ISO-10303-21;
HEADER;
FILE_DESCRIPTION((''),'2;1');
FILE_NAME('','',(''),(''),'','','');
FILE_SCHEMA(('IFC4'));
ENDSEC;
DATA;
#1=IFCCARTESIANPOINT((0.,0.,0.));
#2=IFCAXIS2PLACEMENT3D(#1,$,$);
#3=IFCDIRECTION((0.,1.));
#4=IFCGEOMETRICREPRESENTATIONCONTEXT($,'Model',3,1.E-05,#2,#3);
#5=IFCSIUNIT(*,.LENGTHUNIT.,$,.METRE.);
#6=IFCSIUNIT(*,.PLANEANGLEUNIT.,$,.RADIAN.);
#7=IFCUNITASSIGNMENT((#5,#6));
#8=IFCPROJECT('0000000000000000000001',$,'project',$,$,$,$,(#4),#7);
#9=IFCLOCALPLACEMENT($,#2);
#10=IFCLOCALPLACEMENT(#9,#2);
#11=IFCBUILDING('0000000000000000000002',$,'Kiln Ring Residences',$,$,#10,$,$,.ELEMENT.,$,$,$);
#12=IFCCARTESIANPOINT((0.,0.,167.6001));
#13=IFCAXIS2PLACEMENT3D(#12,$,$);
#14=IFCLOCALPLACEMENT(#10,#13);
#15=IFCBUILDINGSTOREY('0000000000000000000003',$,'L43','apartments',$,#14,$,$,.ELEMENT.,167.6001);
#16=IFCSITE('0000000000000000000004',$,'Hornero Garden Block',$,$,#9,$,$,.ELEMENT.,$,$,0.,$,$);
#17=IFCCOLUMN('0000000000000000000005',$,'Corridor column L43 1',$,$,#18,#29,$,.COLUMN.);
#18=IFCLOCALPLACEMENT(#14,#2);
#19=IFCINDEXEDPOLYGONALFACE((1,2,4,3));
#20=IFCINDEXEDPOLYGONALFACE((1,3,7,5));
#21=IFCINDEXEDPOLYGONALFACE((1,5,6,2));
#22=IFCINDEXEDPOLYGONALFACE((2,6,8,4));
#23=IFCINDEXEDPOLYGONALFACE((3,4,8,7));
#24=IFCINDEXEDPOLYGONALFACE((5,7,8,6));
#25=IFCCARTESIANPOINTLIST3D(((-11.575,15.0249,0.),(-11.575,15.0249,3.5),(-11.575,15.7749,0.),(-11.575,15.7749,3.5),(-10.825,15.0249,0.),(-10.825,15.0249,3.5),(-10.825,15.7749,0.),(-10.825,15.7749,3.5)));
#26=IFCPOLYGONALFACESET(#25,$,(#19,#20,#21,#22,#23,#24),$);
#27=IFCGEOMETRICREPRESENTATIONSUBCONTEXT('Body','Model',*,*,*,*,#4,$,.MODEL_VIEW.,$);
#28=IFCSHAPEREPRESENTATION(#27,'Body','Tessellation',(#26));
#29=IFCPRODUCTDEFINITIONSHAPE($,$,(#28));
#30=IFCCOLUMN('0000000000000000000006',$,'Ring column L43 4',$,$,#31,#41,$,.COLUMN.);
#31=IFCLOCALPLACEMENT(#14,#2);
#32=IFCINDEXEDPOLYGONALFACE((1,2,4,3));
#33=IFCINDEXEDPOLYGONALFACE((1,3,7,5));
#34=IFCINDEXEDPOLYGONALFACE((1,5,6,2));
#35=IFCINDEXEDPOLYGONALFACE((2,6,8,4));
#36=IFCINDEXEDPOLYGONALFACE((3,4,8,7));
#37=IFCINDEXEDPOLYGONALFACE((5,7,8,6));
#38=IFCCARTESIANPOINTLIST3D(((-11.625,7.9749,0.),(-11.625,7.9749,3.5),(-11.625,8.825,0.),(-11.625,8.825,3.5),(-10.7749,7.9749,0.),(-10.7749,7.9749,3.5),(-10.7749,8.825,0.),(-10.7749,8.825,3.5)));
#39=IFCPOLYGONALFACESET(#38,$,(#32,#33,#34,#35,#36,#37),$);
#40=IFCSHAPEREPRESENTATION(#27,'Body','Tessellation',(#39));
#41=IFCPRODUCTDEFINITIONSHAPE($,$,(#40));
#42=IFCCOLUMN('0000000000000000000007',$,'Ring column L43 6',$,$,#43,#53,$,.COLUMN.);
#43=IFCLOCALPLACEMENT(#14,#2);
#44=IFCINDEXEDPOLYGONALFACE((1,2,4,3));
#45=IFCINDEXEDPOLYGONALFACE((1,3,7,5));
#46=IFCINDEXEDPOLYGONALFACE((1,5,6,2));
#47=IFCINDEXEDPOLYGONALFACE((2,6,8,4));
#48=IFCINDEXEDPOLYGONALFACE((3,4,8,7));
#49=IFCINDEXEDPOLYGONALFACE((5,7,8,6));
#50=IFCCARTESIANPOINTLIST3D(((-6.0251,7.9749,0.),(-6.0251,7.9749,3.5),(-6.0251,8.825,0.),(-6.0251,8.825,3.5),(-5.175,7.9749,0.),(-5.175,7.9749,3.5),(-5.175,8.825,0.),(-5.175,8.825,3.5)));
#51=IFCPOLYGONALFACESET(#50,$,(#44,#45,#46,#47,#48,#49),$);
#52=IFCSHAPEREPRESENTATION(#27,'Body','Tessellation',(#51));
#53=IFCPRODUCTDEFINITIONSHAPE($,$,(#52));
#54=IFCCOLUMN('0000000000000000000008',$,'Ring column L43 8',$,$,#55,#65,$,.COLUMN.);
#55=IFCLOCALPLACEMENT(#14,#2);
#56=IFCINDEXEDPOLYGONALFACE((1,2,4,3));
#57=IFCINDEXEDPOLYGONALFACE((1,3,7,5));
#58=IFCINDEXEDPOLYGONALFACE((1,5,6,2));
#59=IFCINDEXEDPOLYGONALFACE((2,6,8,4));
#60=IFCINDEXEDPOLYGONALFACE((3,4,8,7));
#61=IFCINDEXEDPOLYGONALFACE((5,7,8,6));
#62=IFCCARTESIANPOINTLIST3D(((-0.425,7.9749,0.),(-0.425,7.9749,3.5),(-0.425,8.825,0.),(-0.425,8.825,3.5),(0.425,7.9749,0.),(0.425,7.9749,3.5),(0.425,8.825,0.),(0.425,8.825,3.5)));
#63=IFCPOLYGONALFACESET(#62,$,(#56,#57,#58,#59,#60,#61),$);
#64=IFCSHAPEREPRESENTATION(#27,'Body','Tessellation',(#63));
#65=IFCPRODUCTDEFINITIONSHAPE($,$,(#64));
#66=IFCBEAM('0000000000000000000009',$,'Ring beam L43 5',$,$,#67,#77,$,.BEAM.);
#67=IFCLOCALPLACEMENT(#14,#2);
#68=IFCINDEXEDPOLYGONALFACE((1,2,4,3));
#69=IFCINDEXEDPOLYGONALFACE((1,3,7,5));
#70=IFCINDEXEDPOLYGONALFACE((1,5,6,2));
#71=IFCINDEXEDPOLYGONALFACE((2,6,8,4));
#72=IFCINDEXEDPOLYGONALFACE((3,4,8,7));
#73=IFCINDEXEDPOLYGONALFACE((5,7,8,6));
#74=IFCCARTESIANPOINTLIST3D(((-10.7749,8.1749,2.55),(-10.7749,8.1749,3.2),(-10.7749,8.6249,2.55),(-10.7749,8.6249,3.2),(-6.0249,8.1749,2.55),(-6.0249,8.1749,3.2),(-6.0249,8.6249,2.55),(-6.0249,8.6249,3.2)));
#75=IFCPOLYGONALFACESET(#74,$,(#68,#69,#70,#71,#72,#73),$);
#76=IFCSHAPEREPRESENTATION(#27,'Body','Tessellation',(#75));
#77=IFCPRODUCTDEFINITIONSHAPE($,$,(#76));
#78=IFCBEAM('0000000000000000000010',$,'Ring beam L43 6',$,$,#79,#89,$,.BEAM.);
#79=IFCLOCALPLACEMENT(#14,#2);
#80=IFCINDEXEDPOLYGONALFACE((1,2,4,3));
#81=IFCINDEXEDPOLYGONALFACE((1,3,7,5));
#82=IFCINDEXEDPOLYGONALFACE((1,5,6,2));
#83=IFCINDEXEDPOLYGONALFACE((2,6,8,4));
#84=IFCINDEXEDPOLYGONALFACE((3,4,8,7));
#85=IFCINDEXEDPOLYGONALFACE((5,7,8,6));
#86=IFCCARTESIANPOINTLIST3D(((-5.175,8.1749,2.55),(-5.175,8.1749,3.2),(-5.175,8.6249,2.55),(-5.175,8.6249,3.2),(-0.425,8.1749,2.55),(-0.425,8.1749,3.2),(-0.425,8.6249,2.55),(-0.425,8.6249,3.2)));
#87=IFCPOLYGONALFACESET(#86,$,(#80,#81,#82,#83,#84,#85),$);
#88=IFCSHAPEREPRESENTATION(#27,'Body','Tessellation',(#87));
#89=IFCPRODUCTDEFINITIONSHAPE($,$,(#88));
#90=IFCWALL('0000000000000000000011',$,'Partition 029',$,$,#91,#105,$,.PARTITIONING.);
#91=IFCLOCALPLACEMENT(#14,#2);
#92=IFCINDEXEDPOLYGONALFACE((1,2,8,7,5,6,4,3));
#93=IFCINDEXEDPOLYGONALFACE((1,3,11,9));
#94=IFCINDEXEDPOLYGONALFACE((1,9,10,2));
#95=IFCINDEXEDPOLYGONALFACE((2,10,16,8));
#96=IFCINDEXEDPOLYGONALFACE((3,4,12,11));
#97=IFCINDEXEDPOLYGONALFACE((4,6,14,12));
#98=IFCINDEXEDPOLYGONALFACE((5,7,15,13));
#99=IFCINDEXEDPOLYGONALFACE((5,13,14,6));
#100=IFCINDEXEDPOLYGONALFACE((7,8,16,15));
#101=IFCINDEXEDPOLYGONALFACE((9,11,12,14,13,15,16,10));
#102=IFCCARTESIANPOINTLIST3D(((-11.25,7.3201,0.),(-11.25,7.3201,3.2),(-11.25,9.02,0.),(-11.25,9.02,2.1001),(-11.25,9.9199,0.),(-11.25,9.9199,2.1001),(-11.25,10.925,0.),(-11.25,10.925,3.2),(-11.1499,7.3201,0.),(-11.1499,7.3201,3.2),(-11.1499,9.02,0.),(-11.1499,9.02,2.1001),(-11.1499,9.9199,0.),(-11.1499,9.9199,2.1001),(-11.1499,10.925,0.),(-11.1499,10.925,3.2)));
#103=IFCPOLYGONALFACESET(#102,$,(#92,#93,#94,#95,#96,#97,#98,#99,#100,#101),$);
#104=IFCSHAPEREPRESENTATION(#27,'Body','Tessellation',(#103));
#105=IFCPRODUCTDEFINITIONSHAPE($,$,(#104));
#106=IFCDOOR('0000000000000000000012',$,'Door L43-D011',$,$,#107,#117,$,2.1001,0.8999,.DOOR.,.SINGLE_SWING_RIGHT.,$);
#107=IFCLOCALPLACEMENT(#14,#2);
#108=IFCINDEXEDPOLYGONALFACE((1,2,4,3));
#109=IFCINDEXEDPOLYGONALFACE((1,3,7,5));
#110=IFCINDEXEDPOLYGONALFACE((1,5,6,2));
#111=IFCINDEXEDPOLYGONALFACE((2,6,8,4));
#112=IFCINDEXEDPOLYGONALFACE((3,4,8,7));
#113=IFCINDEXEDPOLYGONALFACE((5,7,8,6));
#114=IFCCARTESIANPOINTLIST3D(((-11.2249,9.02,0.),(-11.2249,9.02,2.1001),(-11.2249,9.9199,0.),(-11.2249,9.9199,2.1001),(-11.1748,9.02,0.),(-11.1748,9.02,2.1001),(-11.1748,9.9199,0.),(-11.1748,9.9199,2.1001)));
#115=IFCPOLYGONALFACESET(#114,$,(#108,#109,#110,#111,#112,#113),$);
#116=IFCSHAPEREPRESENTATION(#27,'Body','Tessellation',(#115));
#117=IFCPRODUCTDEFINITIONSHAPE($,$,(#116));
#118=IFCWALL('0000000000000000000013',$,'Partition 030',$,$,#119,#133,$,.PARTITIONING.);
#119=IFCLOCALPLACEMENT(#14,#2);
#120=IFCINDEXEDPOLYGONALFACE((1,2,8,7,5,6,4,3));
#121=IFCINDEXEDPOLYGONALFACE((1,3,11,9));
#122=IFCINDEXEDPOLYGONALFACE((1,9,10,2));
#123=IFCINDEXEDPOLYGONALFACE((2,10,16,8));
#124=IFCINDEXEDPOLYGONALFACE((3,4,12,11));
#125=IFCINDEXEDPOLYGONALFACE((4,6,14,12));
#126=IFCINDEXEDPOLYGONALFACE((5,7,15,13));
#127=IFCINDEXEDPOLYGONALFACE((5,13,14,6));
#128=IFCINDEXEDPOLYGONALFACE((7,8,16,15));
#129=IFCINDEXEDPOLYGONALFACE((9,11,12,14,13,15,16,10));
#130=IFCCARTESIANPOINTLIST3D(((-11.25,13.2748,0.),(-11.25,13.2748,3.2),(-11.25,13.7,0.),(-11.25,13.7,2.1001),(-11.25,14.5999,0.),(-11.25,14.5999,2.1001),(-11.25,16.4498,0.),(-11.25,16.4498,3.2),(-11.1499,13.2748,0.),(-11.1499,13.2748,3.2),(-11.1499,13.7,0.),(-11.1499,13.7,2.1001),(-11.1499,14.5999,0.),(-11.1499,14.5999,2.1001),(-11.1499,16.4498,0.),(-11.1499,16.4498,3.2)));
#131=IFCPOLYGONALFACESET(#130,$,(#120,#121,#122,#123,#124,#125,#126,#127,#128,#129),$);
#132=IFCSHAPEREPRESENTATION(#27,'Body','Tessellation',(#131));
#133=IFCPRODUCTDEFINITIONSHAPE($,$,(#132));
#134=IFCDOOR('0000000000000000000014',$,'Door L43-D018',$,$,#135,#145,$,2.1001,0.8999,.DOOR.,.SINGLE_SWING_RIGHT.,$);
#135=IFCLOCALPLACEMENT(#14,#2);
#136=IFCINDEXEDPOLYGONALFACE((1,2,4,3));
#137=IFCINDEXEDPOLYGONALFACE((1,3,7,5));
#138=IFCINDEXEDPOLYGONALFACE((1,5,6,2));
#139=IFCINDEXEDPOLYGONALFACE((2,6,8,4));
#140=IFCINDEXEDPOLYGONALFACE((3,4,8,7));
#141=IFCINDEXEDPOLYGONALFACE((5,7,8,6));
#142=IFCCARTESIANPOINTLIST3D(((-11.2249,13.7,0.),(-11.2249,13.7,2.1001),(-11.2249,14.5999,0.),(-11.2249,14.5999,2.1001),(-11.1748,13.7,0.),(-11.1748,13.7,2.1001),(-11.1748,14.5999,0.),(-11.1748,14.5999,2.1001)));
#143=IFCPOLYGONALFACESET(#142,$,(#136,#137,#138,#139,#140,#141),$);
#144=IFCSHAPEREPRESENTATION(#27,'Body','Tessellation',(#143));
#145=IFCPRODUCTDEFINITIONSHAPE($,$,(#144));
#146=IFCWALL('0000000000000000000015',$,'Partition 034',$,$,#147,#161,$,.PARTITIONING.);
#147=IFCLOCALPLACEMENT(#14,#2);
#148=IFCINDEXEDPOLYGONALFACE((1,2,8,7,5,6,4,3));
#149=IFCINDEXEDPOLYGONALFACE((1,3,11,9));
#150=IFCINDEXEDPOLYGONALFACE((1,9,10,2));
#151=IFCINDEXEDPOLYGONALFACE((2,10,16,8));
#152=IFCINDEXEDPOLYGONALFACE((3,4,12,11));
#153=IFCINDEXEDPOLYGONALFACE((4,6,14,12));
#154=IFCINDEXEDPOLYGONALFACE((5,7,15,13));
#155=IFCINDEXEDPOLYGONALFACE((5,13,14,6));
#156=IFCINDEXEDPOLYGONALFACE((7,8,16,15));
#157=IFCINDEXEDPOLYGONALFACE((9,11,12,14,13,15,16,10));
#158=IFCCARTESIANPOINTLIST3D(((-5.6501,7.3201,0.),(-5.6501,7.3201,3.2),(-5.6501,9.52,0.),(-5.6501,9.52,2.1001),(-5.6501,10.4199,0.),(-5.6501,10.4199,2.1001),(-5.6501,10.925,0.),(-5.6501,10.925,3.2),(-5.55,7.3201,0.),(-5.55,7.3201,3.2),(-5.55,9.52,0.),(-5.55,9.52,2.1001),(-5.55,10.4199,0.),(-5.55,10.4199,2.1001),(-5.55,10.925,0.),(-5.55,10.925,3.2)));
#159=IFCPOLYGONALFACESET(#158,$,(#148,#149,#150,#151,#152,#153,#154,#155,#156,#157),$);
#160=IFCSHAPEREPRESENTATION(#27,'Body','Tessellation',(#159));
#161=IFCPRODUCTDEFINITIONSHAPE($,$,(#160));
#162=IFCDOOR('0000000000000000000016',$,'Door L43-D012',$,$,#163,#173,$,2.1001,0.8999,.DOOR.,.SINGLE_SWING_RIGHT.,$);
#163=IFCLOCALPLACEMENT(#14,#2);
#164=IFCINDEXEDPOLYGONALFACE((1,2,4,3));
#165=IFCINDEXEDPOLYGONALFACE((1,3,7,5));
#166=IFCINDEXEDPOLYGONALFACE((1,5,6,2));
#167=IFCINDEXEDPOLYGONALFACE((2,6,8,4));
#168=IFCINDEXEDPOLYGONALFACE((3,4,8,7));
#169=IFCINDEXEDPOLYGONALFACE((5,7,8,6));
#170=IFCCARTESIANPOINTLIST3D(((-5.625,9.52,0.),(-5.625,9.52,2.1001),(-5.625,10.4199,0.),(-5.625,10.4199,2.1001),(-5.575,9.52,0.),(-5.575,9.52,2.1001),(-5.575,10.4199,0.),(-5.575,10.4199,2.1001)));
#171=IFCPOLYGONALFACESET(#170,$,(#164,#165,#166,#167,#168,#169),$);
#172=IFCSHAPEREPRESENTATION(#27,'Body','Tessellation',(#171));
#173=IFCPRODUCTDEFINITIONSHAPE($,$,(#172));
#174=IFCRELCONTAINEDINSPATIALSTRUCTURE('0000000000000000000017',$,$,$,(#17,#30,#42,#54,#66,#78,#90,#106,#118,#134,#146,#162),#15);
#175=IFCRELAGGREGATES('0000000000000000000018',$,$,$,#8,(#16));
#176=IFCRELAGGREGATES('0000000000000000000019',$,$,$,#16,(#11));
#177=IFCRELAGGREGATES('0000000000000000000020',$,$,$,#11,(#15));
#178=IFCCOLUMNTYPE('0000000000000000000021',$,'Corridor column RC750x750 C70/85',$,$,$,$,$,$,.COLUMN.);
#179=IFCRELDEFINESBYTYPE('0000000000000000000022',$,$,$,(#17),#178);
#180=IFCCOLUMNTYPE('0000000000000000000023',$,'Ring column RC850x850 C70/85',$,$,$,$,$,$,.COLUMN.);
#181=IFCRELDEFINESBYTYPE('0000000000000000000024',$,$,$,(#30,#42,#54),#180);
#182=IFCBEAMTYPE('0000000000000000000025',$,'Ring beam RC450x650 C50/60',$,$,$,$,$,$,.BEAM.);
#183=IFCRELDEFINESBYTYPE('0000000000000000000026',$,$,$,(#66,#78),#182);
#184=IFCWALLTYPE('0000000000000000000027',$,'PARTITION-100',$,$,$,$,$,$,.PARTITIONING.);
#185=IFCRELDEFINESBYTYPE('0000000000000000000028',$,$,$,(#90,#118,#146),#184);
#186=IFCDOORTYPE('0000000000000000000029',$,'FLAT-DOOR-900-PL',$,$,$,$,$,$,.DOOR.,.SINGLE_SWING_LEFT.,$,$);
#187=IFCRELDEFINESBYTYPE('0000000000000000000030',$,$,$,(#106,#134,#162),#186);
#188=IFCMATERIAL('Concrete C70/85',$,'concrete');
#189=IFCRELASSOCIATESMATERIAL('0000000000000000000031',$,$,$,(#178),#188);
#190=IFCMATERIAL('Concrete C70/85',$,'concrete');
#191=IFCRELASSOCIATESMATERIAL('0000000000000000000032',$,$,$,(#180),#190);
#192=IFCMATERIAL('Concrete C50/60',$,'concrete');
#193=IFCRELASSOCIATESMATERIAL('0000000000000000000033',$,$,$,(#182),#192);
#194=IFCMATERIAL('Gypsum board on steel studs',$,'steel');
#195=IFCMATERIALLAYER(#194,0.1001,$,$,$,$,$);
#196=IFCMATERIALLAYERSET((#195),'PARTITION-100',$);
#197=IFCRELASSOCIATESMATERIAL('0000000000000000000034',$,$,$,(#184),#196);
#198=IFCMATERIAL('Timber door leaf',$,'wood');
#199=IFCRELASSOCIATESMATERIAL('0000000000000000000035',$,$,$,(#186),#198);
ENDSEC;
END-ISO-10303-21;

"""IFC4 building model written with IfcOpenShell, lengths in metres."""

from ifc_helpers import new_model, si_unit, direction, frame, frame_2d, origin, origin_2d, place, context, subcontext, project, spatial, rectangle, extrude, material, layer, layer_set, material_profile, profile_set, type_object, element, fill, save


model = new_model("IFC4")

# Units and contexts
model_context = context("Model", 3, precision=1e-05, world=origin(), true_north=direction((0.0, 1.0)))
body_context = subcontext(model_context, "Body", "Model", "MODEL_VIEW")
ifc_project = project(units=[si_unit("LENGTHUNIT", "METRE"), si_unit("PLANEANGLEUNIT", "RADIAN")], contexts=[model_context])

# Site, building, storey
site_placement = place(None, origin())
site = spatial("IfcSite", under=ifc_project, at=site_placement, Name="Hornero Garden Block", CompositionType="ELEMENT", RefElevation=0.0)
building_placement = place(site_placement, origin())
building = spatial("IfcBuilding", under=site, at=building_placement, Name="Kiln Ring Residences", CompositionType="ELEMENT")
storey_placement = place(building_placement, frame((0.0, 0.0, 167.6001)))
storey = spatial("IfcBuildingStorey", under=building, at=storey_placement, Name="L43", Description="apartments", CompositionType="ELEMENT", Elevation=167.6001)

# Columns
ifc_material_1 = material(Name="Concrete C70/85", Category="concrete")
ifc_material_profile_1 = material_profile(ifc_material_1, rectangle(XDim=0.75, YDim=0.75, at=origin_2d()), Name="RC750x750")
ifc_profile_set_1 = profile_set([ifc_material_profile_1], Name="Concrete C70/85")
column_type_1 = type_object("IfcColumnType", Name="Corridor column RC750x750 C70/85", PredefinedType="COLUMN", material=ifc_profile_set_1)
column_placement = place(storey_placement, frame((-11.2, 15.3999, 0.0), z_axis=(0.0, 0.0, 1.0), x_axis=(1.0, 0.0, 0.0)))
element("IfcColumn", 1, at=column_placement, inside=storey, type_object=column_type_1, Name="Corridor column L43 1", PredefinedType="COLUMN", context=body_context, shape_type="SweptSolid", body=[
    extrude(rectangle(XDim=0.75, YDim=0.75, at=origin_2d()), origin(), (0.0, 0.0, 1.0), 3.5),
])
ifc_material_2 = material(Name="Concrete C70/85", Category="concrete")
ifc_material_profile_2 = material_profile(ifc_material_2, rectangle(XDim=0.8501, YDim=0.8501, at=origin_2d()), Name="RC850x850")
ifc_profile_set_2 = profile_set([ifc_material_profile_2], Name="Concrete C70/85")
column_type_2 = type_object("IfcColumnType", Name="Ring column RC850x850 C70/85", PredefinedType="COLUMN", material=ifc_profile_set_2)
for number, where, z_axis, x_axis, name in (
    (2, (-11.2, 8.3999, 0.0), (0.0, 0.0, 1.0), (1.0, 0.0, 0.0), "Ring column L43 4"),
    (3, (-5.6001, 8.3999, 0.0), (0.0, 0.0, 1.0), (1.0, 0.0, 0.0), "Ring column L43 6"),
    (4, (0.0, 8.3999, 0.0), (0.0, 0.0, 1.0), (1.0, 0.0, 0.0), "Ring column L43 8"),
):
    element("IfcColumn", number, at=place(storey_placement, frame(where, z_axis=z_axis, x_axis=x_axis)), inside=storey, type_object=column_type_2, Name=name, PredefinedType="COLUMN", context=body_context, shape_type="SweptSolid", body=[
        extrude(rectangle(XDim=0.8501, YDim=0.8501, at=origin_2d()), origin(), (0.0, 0.0, 1.0), 3.5),
    ])

# Beams
ifc_material_3 = material(Name="Concrete C50/60", Category="concrete")
ifc_material_profile_3 = material_profile(ifc_material_3, rectangle(XDim=0.45, YDim=0.6499, at=origin_2d()), Name="RC450x650")
ifc_profile_set_3 = profile_set([ifc_material_profile_3], Name="Concrete C50/60")
beam_type = type_object("IfcBeamType", Name="Ring beam RC450x650 C50/60", PredefinedType="BEAM", material=ifc_profile_set_3)
for number, where, z_axis, x_axis, name in (
    (5, (-10.7749, 8.3999, 2.875), (1.0, 0.0, 0.0), (0.0, 1.0, 0.0), "Ring beam L43 5"),
    (6, (-5.175, 8.3999, 2.875), (1.0, 0.0, 0.0), (0.0, 1.0, 0.0), "Ring beam L43 6"),
):
    element("IfcBeam", number, at=place(storey_placement, frame(where, z_axis=z_axis, x_axis=x_axis)), inside=storey, type_object=beam_type, Name=name, PredefinedType="BEAM", context=body_context, shape_type="SweptSolid", body=[
        extrude(rectangle(XDim=0.45, YDim=0.6499, at=origin_2d()), origin(), (0.0, 0.0, 1.0), 4.75),
    ])

# Walls, openings, doors
ifc_material_4 = material(Name="Gypsum board on steel studs", Category="steel")
ifc_layer_1 = layer(ifc_material_4, 0.1001)
ifc_layer_set_1 = layer_set([ifc_layer_1], Name="PARTITION-100")
wall_type_1 = type_object("IfcWallType", Name="PARTITION-100", PredefinedType="PARTITIONING", material=ifc_layer_set_1)
wall_1_placement = place(storey_placement, frame((-11.2, 7.3201, 0.0), z_axis=(0.0, 0.0, 1.0), x_axis=(0.0, 1.0, 0.0)))
wall_1 = element("IfcWall", 7, at=wall_1_placement, inside=storey, type_object=wall_type_1, Name="Partition 029", PredefinedType="PARTITIONING", context=body_context, shape_type="SweptSolid", body=[
    extrude(rectangle(XDim=3.605, YDim=0.1001, at=frame_2d((1.8025, 0.0))), origin(), (0.0, 0.0, 1.0), 3.2),
])
opening_1_placement = place(wall_1_placement, frame((1.7, 0.0, 0.0)))
opening_1 = element("IfcOpeningElement", 8, at=opening_1_placement, cuts=wall_1, PredefinedType="OPENING", context=body_context, shape_type="SweptSolid", body=[
    extrude(rectangle(XDim=0.8999, YDim=2.1001, at=frame_2d((0.45, 1.05))), frame((0.0, 0.0601, 0.0), z_axis=(0.0, -1.0, 0.0), x_axis=(1.0, 0.0, 0.0)), (0.0, 0.0, 1.0), 0.1201),
])
ifc_material_5 = material(Name="Timber door leaf", Category="wood")
door_type = type_object("IfcDoorType", Name="FLAT-DOOR-900-PL", OperationType="SINGLE_SWING_LEFT", PredefinedType="DOOR", material=ifc_material_5)
door_1_placement = place(opening_1_placement, origin())
door_1 = element("IfcDoor", 9, at=door_1_placement, inside=storey, type_object=door_type, Name="Door L43-D011", OperationType="SINGLE_SWING_RIGHT", OverallHeight=2.1001, OverallWidth=0.8999, PredefinedType="DOOR", context=body_context, shape_type="SweptSolid", body=[
    extrude(rectangle(XDim=0.8999, YDim=2.1001, at=frame_2d((0.45, 1.05))), frame((0.0, 0.0249, 0.0), z_axis=(0.0, -1.0, 0.0), x_axis=(1.0, 0.0, 0.0)), (0.0, 0.0, 1.0), 0.05),
])
fill(opening_1, door_1)
wall_2_placement = place(storey_placement, frame((-11.2, 13.2749, 0.0), z_axis=(0.0, 0.0, 1.0), x_axis=(0.0, 1.0, 0.0)))
wall_2 = element("IfcWall", 10, at=wall_2_placement, inside=storey, type_object=wall_type_1, Name="Partition 030", PredefinedType="PARTITIONING", context=body_context, shape_type="SweptSolid", body=[
    extrude(rectangle(XDim=3.175, YDim=0.1001, at=frame_2d((1.5874, 0.0))), origin(), (0.0, 0.0, 1.0), 3.2),
])
opening_2_placement = place(wall_2_placement, frame((0.425, 0.0, 0.0)))
opening_2 = element("IfcOpeningElement", 11, at=opening_2_placement, cuts=wall_2, PredefinedType="OPENING", context=body_context, shape_type="SweptSolid", body=[
    extrude(rectangle(XDim=0.8999, YDim=2.1001, at=frame_2d((0.45, 1.05))), frame((0.0, 0.0601, 0.0), z_axis=(0.0, -1.0, 0.0), x_axis=(1.0, 0.0, 0.0)), (0.0, 0.0, 1.0), 0.1201),
])
door_2_placement = place(opening_2_placement, origin())
door_2 = element("IfcDoor", 12, at=door_2_placement, inside=storey, type_object=door_type, Name="Door L43-D018", OperationType="SINGLE_SWING_RIGHT", OverallHeight=2.1001, OverallWidth=0.8999, PredefinedType="DOOR", context=body_context, shape_type="SweptSolid", body=[
    extrude(rectangle(XDim=0.8999, YDim=2.1001, at=frame_2d((0.45, 1.05))), frame((0.0, 0.0249, 0.0), z_axis=(0.0, -1.0, 0.0), x_axis=(1.0, 0.0, 0.0)), (0.0, 0.0, 1.0), 0.05),
])
fill(opening_2, door_2)
wall_3_placement = place(storey_placement, frame((-5.6001, 7.3201, 0.0), z_axis=(0.0, 0.0, 1.0), x_axis=(0.0, 1.0, 0.0)))
wall_3 = element("IfcWall", 13, at=wall_3_placement, inside=storey, type_object=wall_type_1, Name="Partition 034", PredefinedType="PARTITIONING", context=body_context, shape_type="SweptSolid", body=[
    extrude(rectangle(XDim=3.605, YDim=0.1001, at=frame_2d((1.8025, 0.0))), origin(), (0.0, 0.0, 1.0), 3.2),
])
opening_3_placement = place(wall_3_placement, frame((2.2, 0.0, 0.0)))
opening_3 = element("IfcOpeningElement", 14, at=opening_3_placement, cuts=wall_3, PredefinedType="OPENING", context=body_context, shape_type="SweptSolid", body=[
    extrude(rectangle(XDim=0.8999, YDim=2.1001, at=frame_2d((0.45, 1.05))), frame((0.0, 0.0601, 0.0), z_axis=(0.0, -1.0, 0.0), x_axis=(1.0, 0.0, 0.0)), (0.0, 0.0, 1.0), 0.1201),
])
door_3_placement = place(opening_3_placement, origin())
door_3 = element("IfcDoor", 15, at=door_3_placement, inside=storey, type_object=door_type, Name="Door L43-D012", OperationType="SINGLE_SWING_RIGHT", OverallHeight=2.1001, OverallWidth=0.8999, PredefinedType="DOOR", context=body_context, shape_type="SweptSolid", body=[
    extrude(rectangle(XDim=0.8999, YDim=2.1001, at=frame_2d((0.45, 1.05))), frame((0.0, 0.0249, 0.0), z_axis=(0.0, -1.0, 0.0), x_axis=(1.0, 0.0, 0.0)), (0.0, 0.0, 1.0), 0.05),
])
fill(opening_3, door_3)

save(model, "model.ifc")
